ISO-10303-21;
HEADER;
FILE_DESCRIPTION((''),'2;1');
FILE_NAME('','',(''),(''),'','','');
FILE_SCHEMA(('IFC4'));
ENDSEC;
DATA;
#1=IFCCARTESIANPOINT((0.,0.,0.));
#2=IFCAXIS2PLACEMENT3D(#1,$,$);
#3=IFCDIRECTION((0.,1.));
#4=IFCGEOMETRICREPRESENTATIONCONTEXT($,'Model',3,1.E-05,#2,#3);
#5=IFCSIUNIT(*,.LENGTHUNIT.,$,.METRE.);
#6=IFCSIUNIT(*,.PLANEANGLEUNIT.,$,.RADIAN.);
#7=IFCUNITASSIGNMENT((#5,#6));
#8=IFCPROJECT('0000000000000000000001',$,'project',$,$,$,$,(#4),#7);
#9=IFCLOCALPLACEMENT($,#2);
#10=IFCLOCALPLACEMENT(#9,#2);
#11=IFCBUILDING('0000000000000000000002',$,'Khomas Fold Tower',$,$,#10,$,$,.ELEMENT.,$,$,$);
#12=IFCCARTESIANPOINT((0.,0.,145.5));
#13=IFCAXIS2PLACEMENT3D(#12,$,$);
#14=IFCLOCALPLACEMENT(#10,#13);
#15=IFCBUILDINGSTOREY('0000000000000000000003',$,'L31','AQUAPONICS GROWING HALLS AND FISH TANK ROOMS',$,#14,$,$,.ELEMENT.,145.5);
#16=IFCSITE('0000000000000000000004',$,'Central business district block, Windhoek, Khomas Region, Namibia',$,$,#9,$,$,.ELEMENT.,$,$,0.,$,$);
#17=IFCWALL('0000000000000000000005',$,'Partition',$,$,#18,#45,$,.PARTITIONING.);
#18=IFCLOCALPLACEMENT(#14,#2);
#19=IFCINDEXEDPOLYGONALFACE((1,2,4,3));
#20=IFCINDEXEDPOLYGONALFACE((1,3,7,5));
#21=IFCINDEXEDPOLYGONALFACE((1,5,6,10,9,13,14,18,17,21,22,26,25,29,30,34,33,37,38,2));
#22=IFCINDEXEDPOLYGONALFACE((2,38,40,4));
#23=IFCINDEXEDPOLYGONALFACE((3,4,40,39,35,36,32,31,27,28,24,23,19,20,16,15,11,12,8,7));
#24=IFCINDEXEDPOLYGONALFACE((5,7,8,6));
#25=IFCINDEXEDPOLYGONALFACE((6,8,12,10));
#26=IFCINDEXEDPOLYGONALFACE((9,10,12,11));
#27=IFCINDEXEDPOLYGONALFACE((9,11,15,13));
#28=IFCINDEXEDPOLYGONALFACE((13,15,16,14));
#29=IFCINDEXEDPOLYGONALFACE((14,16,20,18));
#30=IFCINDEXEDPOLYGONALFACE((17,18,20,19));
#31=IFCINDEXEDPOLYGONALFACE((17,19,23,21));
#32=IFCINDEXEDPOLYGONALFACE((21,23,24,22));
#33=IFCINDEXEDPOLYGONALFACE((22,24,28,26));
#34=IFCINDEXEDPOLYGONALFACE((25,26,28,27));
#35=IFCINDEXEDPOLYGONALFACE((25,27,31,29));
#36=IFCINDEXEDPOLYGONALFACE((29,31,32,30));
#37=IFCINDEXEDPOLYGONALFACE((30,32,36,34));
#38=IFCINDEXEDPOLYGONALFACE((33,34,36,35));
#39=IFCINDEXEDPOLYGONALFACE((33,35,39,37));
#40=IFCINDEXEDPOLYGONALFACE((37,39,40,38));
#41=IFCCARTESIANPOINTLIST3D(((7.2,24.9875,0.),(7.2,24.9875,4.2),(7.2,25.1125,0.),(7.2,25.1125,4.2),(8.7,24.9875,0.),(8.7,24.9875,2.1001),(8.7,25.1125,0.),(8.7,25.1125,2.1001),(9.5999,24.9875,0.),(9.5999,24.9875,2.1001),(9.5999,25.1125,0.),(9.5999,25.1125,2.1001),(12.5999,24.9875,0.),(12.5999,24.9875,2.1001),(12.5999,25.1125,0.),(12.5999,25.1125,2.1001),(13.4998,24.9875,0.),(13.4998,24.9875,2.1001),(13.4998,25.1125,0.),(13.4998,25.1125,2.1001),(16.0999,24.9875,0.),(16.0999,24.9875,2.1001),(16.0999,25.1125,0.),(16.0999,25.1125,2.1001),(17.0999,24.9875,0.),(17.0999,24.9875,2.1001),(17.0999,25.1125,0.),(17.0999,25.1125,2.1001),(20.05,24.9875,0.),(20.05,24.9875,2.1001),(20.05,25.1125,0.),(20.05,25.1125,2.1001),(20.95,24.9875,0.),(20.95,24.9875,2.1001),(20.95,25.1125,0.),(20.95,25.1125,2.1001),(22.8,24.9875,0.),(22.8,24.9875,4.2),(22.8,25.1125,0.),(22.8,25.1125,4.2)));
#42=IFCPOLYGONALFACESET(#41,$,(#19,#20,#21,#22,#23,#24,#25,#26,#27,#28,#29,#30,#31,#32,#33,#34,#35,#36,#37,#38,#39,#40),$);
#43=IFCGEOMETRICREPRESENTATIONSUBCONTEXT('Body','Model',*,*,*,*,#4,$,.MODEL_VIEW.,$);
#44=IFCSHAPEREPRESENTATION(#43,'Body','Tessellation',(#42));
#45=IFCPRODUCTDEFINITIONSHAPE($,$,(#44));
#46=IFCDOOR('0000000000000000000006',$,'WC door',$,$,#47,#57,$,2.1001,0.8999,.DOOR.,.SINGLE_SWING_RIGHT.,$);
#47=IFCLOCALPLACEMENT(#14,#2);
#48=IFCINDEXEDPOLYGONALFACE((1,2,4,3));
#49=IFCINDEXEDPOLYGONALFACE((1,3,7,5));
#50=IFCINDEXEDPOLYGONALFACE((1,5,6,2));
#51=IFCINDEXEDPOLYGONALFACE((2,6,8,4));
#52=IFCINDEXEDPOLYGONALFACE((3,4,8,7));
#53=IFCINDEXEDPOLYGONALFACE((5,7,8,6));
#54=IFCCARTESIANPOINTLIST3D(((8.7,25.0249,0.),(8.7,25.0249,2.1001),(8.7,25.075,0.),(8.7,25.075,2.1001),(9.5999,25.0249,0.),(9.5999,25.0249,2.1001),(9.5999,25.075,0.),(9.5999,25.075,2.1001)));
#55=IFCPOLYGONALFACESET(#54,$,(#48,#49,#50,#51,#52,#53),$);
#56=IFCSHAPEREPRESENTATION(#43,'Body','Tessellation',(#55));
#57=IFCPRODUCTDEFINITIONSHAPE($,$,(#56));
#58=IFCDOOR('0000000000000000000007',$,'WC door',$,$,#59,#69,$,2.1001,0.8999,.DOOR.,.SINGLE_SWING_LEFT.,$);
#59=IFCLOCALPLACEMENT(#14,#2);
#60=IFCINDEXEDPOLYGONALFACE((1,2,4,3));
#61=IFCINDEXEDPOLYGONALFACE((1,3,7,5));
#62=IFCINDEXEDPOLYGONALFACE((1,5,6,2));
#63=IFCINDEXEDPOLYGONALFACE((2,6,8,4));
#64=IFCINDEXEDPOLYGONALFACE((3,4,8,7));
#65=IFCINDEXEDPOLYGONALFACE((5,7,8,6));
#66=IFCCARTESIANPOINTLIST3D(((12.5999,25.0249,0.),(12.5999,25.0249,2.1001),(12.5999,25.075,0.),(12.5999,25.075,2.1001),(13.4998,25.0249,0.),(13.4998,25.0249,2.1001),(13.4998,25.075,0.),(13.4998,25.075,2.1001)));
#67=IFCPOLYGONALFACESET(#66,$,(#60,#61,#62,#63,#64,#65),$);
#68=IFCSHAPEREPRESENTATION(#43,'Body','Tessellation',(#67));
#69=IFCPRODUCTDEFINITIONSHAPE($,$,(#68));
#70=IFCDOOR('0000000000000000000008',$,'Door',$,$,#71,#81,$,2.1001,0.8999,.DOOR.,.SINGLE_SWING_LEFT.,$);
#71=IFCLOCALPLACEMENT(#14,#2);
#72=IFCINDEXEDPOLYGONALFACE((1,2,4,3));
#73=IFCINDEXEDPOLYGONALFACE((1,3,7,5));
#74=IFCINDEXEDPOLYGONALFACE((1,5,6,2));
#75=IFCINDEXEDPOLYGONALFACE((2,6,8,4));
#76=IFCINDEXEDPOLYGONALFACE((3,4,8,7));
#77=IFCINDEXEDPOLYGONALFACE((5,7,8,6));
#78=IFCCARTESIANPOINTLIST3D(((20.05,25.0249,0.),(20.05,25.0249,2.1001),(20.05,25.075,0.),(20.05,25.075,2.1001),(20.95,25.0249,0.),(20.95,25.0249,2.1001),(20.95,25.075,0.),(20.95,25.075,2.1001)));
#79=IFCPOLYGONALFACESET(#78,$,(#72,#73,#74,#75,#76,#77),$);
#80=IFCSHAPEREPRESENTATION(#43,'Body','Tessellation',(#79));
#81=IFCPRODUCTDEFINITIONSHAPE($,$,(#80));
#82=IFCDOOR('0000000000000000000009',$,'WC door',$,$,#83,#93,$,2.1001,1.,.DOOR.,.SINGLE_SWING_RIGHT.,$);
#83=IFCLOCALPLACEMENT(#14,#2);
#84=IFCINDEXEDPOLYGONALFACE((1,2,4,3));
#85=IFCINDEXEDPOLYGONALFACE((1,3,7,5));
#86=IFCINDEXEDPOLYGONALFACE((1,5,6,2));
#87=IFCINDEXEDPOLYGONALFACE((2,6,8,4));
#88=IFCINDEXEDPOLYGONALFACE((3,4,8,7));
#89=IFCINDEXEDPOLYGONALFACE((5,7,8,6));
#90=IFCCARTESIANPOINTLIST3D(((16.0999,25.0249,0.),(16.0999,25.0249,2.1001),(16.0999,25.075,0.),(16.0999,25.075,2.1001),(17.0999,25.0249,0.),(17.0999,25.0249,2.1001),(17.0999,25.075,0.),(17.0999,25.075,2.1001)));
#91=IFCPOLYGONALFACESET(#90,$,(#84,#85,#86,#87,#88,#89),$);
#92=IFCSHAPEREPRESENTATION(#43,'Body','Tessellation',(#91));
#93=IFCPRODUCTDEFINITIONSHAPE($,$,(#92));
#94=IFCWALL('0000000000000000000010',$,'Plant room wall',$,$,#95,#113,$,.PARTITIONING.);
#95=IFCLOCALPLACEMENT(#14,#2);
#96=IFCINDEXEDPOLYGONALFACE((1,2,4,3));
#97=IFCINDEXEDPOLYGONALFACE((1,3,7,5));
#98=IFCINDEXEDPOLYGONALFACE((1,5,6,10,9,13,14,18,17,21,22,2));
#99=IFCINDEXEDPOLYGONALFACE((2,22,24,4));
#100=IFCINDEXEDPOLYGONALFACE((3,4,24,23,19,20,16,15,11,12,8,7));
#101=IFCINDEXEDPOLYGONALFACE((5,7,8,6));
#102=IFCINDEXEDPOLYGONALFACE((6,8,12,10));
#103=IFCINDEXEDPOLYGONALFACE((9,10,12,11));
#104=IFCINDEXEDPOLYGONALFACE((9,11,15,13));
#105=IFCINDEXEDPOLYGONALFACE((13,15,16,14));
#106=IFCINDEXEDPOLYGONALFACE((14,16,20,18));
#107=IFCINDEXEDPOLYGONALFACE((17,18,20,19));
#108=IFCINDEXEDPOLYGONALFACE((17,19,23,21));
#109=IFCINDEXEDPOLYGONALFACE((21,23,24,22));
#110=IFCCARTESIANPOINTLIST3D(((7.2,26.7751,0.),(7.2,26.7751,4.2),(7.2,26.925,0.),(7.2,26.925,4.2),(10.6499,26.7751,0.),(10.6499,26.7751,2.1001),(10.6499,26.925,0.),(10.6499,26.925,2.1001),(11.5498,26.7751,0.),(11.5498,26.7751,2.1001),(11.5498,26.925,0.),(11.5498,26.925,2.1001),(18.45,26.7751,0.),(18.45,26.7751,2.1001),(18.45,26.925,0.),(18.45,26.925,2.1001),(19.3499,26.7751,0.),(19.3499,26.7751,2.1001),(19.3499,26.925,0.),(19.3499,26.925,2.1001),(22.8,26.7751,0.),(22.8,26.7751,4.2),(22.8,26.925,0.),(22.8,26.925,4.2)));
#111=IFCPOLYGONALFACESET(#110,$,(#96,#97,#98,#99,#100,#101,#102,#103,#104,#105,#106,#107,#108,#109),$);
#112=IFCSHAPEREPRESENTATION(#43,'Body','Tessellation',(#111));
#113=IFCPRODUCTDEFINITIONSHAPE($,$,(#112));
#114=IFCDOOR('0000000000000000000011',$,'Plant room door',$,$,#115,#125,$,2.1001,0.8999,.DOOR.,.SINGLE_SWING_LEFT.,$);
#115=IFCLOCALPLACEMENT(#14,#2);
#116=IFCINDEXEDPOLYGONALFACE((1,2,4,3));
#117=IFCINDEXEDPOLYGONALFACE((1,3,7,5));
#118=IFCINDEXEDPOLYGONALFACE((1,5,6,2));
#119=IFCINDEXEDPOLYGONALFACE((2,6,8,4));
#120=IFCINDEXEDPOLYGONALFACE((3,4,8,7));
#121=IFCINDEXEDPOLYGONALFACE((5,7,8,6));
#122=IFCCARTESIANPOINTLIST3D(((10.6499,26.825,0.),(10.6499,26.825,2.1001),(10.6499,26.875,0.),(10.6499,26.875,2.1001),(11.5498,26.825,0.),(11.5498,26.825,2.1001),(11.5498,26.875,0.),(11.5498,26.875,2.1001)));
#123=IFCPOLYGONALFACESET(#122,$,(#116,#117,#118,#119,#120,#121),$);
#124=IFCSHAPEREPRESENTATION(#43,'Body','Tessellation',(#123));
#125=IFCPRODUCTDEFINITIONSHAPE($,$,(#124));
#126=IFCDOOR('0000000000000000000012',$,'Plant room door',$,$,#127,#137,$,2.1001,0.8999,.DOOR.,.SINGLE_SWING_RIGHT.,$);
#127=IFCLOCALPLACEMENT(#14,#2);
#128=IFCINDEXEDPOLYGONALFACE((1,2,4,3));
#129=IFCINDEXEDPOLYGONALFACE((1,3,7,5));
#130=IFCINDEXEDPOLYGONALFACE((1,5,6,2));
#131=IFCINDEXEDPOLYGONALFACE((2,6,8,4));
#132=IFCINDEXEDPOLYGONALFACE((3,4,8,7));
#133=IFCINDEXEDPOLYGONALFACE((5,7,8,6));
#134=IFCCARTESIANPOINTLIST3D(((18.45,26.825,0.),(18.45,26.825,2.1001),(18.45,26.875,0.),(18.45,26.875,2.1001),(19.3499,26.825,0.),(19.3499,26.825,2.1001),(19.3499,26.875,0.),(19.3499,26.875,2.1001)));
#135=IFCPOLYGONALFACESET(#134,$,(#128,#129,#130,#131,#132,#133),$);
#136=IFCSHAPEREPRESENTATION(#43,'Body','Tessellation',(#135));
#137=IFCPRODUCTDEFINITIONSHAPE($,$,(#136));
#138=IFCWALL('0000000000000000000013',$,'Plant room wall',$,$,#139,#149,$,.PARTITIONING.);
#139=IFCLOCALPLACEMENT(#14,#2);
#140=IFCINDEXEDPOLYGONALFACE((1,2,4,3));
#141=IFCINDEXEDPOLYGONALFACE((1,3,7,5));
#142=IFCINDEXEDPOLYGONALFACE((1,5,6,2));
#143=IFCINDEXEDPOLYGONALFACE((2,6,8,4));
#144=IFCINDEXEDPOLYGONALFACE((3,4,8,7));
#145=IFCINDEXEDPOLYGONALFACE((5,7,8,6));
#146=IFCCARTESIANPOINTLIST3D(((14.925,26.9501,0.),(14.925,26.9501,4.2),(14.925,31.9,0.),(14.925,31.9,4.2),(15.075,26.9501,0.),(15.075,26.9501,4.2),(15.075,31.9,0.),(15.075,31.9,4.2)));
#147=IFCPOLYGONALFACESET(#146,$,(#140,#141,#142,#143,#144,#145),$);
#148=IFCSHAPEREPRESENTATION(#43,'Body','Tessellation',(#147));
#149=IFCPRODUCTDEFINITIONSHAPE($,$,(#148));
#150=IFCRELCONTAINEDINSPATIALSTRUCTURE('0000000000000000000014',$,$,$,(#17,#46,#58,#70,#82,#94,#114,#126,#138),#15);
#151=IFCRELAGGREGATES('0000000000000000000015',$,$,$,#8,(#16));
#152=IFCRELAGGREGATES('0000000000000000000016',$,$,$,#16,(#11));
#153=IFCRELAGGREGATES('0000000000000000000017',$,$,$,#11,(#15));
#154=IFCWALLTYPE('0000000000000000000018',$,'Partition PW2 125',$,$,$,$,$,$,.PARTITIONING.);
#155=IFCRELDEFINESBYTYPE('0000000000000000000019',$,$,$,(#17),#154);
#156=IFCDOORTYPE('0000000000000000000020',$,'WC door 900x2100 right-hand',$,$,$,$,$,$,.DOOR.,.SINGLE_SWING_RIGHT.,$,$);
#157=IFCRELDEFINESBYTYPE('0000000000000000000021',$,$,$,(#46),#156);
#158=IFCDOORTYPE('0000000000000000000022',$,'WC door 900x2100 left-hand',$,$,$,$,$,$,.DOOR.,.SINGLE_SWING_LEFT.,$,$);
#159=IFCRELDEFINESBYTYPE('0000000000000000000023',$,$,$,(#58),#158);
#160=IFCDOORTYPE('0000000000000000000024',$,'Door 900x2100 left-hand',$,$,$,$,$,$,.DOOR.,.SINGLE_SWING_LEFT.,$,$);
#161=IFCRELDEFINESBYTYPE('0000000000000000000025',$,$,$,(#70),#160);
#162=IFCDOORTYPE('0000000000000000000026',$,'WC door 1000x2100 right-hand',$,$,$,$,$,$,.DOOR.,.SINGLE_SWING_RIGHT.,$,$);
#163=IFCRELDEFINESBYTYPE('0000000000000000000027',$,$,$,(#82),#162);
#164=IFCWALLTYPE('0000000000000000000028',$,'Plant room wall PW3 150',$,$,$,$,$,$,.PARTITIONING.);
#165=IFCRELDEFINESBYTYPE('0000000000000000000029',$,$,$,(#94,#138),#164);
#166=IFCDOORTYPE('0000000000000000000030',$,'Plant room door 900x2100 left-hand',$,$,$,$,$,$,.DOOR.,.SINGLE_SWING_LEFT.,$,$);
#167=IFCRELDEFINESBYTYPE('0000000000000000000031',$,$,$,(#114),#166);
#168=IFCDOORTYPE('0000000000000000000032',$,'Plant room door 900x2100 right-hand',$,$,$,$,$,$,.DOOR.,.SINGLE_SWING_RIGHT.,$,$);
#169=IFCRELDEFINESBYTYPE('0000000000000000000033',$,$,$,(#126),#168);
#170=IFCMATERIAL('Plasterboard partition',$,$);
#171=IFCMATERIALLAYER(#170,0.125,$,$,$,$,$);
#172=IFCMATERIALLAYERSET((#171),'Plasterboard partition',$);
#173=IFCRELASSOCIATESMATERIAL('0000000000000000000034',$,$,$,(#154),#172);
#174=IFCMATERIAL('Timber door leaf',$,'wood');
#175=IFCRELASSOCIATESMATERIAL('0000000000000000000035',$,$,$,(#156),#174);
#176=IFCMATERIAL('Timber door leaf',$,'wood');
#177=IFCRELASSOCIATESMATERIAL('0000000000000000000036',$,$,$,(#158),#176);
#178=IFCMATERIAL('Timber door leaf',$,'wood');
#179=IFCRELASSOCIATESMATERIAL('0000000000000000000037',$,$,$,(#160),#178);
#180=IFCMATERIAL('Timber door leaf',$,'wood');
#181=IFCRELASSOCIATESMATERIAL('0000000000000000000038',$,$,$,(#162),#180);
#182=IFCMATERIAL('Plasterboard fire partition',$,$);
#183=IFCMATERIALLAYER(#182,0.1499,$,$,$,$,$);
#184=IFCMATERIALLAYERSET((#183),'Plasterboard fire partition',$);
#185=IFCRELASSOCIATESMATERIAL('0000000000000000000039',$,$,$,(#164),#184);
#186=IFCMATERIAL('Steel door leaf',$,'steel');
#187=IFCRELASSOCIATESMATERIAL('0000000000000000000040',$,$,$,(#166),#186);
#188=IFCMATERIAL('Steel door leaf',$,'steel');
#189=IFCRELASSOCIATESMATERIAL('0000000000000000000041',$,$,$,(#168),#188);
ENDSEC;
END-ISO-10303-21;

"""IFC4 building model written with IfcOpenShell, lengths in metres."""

from ifc_helpers import new_model, si_unit, direction, frame, frame_2d, origin, place, context, subcontext, project, spatial, rectangle, extrude, source, transform, mapped, material, layer, layer_set, type_object, element, fill, save


model = new_model("IFC4")

# Units and contexts
model_context = context("Model", 3, precision=1e-05, world=origin(), true_north=direction((0.0, 1.0)))
body_context = subcontext(model_context, "Body", "Model", "MODEL_VIEW")
ifc_project = project(units=[si_unit("LENGTHUNIT", "METRE"), si_unit("PLANEANGLEUNIT", "RADIAN")], contexts=[model_context])

# Site, building, storey
site_placement = place(None, origin())
site = spatial("IfcSite", under=ifc_project, at=site_placement, Name="Central business district block, Windhoek, Khomas Region, Namibia", CompositionType="ELEMENT", RefElevation=0.0)
building_placement = place(site_placement, origin())
building = spatial("IfcBuilding", under=site, at=building_placement, Name="Khomas Fold Tower", CompositionType="ELEMENT")
storey_placement = place(building_placement, frame((0.0, 0.0, 145.5)))
storey = spatial("IfcBuildingStorey", under=building, at=storey_placement, Name="L31", Description="AQUAPONICS GROWING HALLS AND FISH TANK ROOMS", CompositionType="ELEMENT", Elevation=145.5)

# Walls, openings, doors
ifc_material_1 = material(Name="Plasterboard partition")
ifc_layer_1 = layer(ifc_material_1, 0.125)
ifc_layer_set_1 = layer_set([ifc_layer_1], Name="Plasterboard partition")
wall_type_1 = type_object("IfcWallType", Name="Partition PW2 125", PredefinedType="PARTITIONING", material=ifc_layer_set_1)
shared_shape_1 = source(origin(), body_context, "Body", "SweptSolid", [
    extrude(rectangle(XDim=15.6001, YDim=0.125, at=frame_2d((7.8, 0.0))), origin(), (0.0, 0.0, 1.0), 4.2),
])
wall_1_placement = place(storey_placement, frame((7.2, 25.05, 0.0), z_axis=(0.0, 0.0, 1.0), x_axis=(1.0, 0.0, 0.0)))
wall_1 = element("IfcWall", 1, at=wall_1_placement, inside=storey, type_object=wall_type_1, Name="Partition", PredefinedType="PARTITIONING", context=body_context, shape_type="MappedRepresentation", body=[
    mapped(shared_shape_1, transform((0.0, 0.0, 0.0))),
])
shared_shape_2 = source(origin(), body_context, "Body", "SweptSolid", [
    extrude(rectangle(XDim=0.8999, YDim=2.1001, at=frame_2d((0.45, 1.05))), frame((0.0, 0.0725, 0.0), z_axis=(0.0, -1.0, 0.0), x_axis=(1.0, 0.0, 0.0)), (0.0, 0.0, 1.0), 0.145),
])
opening_1_placement = place(wall_1_placement, frame((1.5, 0.0, 0.0)))
opening_1 = element("IfcOpeningElement", 2, at=opening_1_placement, cuts=wall_1, PredefinedType="OPENING", context=body_context, shape_type="MappedRepresentation", body=[
    mapped(shared_shape_2, transform((0.0, 0.0, 0.0))),
])
opening_2_placement = place(wall_1_placement, frame((5.3999, 0.0, 0.0)))
opening_2 = element("IfcOpeningElement", 3, at=opening_2_placement, cuts=wall_1, PredefinedType="OPENING", context=body_context, shape_type="MappedRepresentation", body=[
    mapped(shared_shape_2, transform((0.0, 0.0, 0.0))),
])
shared_shape_3 = source(origin(), body_context, "Body", "SweptSolid", [
    extrude(rectangle(XDim=1.0, YDim=2.1001, at=frame_2d((0.5, 1.05))), frame((0.0, 0.0725, 0.0), z_axis=(0.0, -1.0, 0.0), x_axis=(1.0, 0.0, 0.0)), (0.0, 0.0, 1.0), 0.145),
])
opening_3_placement = place(wall_1_placement, frame((8.8999, 0.0, 0.0)))
opening_3 = element("IfcOpeningElement", 4, at=opening_3_placement, cuts=wall_1, PredefinedType="OPENING", context=body_context, shape_type="MappedRepresentation", body=[
    mapped(shared_shape_3, transform((0.0, 0.0, 0.0))),
])
opening_4_placement = place(wall_1_placement, frame((12.8501, 0.0, 0.0)))
opening_4 = element("IfcOpeningElement", 5, at=opening_4_placement, cuts=wall_1, PredefinedType="OPENING", context=body_context, shape_type="MappedRepresentation", body=[
    mapped(shared_shape_2, transform((0.0, 0.0, 0.0))),
])
ifc_material_2 = material(Name="Timber door leaf", Category="wood")
door_type_1 = type_object("IfcDoorType", Name="WC door 900x2100 right-hand", OperationType="SINGLE_SWING_RIGHT", PredefinedType="DOOR", material=ifc_material_2)
shared_shape_4 = source(origin(), body_context, "Body", "SweptSolid", [
    extrude(rectangle(XDim=0.8999, YDim=2.1001, at=frame_2d((0.45, 1.05))), frame((0.0, 0.0249, 0.0), z_axis=(0.0, -1.0, 0.0), x_axis=(1.0, 0.0, 0.0)), (0.0, 0.0, 1.0), 0.05),
])
door_1_placement = place(opening_1_placement, origin())
door_1 = element("IfcDoor", 6, at=door_1_placement, inside=storey, type_object=door_type_1, Name="WC door", OperationType="SINGLE_SWING_RIGHT", OverallHeight=2.1001, OverallWidth=0.8999, PredefinedType="DOOR", context=body_context, shape_type="MappedRepresentation", body=[
    mapped(shared_shape_4, transform((0.0, 0.0, 0.0))),
])
fill(opening_1, door_1)
ifc_material_3 = material(Name="Timber door leaf", Category="wood")
door_type_2 = type_object("IfcDoorType", Name="WC door 900x2100 left-hand", OperationType="SINGLE_SWING_LEFT", PredefinedType="DOOR", material=ifc_material_3)
door_2_placement = place(opening_2_placement, origin())
door_2 = element("IfcDoor", 7, at=door_2_placement, inside=storey, type_object=door_type_2, Name="WC door", OperationType="SINGLE_SWING_LEFT", OverallHeight=2.1001, OverallWidth=0.8999, PredefinedType="DOOR", context=body_context, shape_type="MappedRepresentation", body=[
    mapped(shared_shape_4, transform((0.0, 0.0, 0.0))),
])
fill(opening_2, door_2)
ifc_material_4 = material(Name="Timber door leaf", Category="wood")
door_type_3 = type_object("IfcDoorType", Name="Door 900x2100 left-hand", OperationType="SINGLE_SWING_LEFT", PredefinedType="DOOR", material=ifc_material_4)
door_3_placement = place(opening_4_placement, origin())
door_3 = element("IfcDoor", 8, at=door_3_placement, inside=storey, type_object=door_type_3, Name="Door", OperationType="SINGLE_SWING_LEFT", OverallHeight=2.1001, OverallWidth=0.8999, PredefinedType="DOOR", context=body_context, shape_type="MappedRepresentation", body=[
    mapped(shared_shape_4, transform((0.0, 0.0, 0.0))),
])
fill(opening_4, door_3)
ifc_material_5 = material(Name="Timber door leaf", Category="wood")
door_type_4 = type_object("IfcDoorType", Name="WC door 1000x2100 right-hand", OperationType="SINGLE_SWING_RIGHT", PredefinedType="DOOR", material=ifc_material_5)
shared_shape_5 = source(origin(), body_context, "Body", "SweptSolid", [
    extrude(rectangle(XDim=1.0, YDim=2.1001, at=frame_2d((0.5, 1.05))), frame((0.0, 0.0249, 0.0), z_axis=(0.0, -1.0, 0.0), x_axis=(1.0, 0.0, 0.0)), (0.0, 0.0, 1.0), 0.05),
])
door_4_placement = place(opening_3_placement, origin())
door_4 = element("IfcDoor", 9, at=door_4_placement, inside=storey, type_object=door_type_4, Name="WC door", OperationType="SINGLE_SWING_RIGHT", OverallHeight=2.1001, OverallWidth=1.0, PredefinedType="DOOR", context=body_context, shape_type="MappedRepresentation", body=[
    mapped(shared_shape_5, transform((0.0, 0.0, 0.0))),
])
fill(opening_3, door_4)
ifc_material_6 = material(Name="Plasterboard fire partition")
ifc_layer_2 = layer(ifc_material_6, 0.1499)
ifc_layer_set_2 = layer_set([ifc_layer_2], Name="Plasterboard fire partition")
wall_type_2 = type_object("IfcWallType", Name="Plant room wall PW3 150", PredefinedType="PARTITIONING", material=ifc_layer_set_2)
shared_shape_6 = source(origin(), body_context, "Body", "SweptSolid", [
    extrude(rectangle(XDim=15.6001, YDim=0.1499, at=frame_2d((7.8, 0.0))), origin(), (0.0, 0.0, 1.0), 4.2),
])
wall_2_placement = place(storey_placement, frame((7.2, 26.8501, 0.0), z_axis=(0.0, 0.0, 1.0), x_axis=(1.0, 0.0, 0.0)))
wall_2 = element("IfcWall", 10, at=wall_2_placement, inside=storey, type_object=wall_type_2, Name="Plant room wall", PredefinedType="PARTITIONING", context=body_context, shape_type="MappedRepresentation", body=[
    mapped(shared_shape_6, transform((0.0, 0.0, 0.0))),
])
shared_shape_7 = source(origin(), body_context, "Body", "SweptSolid", [
    extrude(rectangle(XDim=0.8999, YDim=2.1001, at=frame_2d((0.45, 1.05))), frame((0.0, 0.085, 0.0), z_axis=(0.0, -1.0, 0.0), x_axis=(1.0, 0.0, 0.0)), (0.0, 0.0, 1.0), 0.1699),
])
opening_5_placement = place(wall_2_placement, frame((3.45, 0.0, 0.0)))
opening_5 = element("IfcOpeningElement", 11, at=opening_5_placement, cuts=wall_2, PredefinedType="OPENING", context=body_context, shape_type="MappedRepresentation", body=[
    mapped(shared_shape_7, transform((0.0, 0.0, 0.0))),
])
opening_6_placement = place(wall_2_placement, frame((11.25, 0.0, 0.0)))
opening_6 = element("IfcOpeningElement", 12, at=opening_6_placement, cuts=wall_2, PredefinedType="OPENING", context=body_context, shape_type="MappedRepresentation", body=[
    mapped(shared_shape_7, transform((0.0, 0.0, 0.0))),
])
ifc_material_7 = material(Name="Steel door leaf", Category="steel")
door_type_5 = type_object("IfcDoorType", Name="Plant room door 900x2100 left-hand", OperationType="SINGLE_SWING_LEFT", PredefinedType="DOOR", material=ifc_material_7)
door_5_placement = place(opening_5_placement, origin())
door_5 = element("IfcDoor", 13, at=door_5_placement, inside=storey, type_object=door_type_5, Name="Plant room door", OperationType="SINGLE_SWING_LEFT", OverallHeight=2.1001, OverallWidth=0.8999, PredefinedType="DOOR", context=body_context, shape_type="MappedRepresentation", body=[
    mapped(shared_shape_4, transform((0.0, 0.0, 0.0))),
])
fill(opening_5, door_5)
ifc_material_8 = material(Name="Steel door leaf", Category="steel")
door_type_6 = type_object("IfcDoorType", Name="Plant room door 900x2100 right-hand", OperationType="SINGLE_SWING_RIGHT", PredefinedType="DOOR", material=ifc_material_8)
door_6_placement = place(opening_6_placement, origin())
door_6 = element("IfcDoor", 14, at=door_6_placement, inside=storey, type_object=door_type_6, Name="Plant room door", OperationType="SINGLE_SWING_RIGHT", OverallHeight=2.1001, OverallWidth=0.8999, PredefinedType="DOOR", context=body_context, shape_type="MappedRepresentation", body=[
    mapped(shared_shape_4, transform((0.0, 0.0, 0.0))),
])
fill(opening_6, door_6)

# Wall
shared_shape_8 = source(origin(), body_context, "Body", "SweptSolid", [
    extrude(rectangle(XDim=4.95, YDim=0.1499, at=frame_2d((2.4751, 0.0))), origin(), (0.0, 0.0, 1.0), 4.2),
])
wall_3_placement = place(storey_placement, frame((15.0, 26.95, 0.0), z_axis=(0.0, 0.0, 1.0), x_axis=(0.0, 1.0, 0.0)))
element("IfcWall", 15, at=wall_3_placement, inside=storey, type_object=wall_type_2, Name="Plant room wall", PredefinedType="PARTITIONING", context=body_context, shape_type="MappedRepresentation", body=[
    mapped(shared_shape_8, transform((0.0, 0.0, 0.0))),
])

save(model, "model.ifc")
